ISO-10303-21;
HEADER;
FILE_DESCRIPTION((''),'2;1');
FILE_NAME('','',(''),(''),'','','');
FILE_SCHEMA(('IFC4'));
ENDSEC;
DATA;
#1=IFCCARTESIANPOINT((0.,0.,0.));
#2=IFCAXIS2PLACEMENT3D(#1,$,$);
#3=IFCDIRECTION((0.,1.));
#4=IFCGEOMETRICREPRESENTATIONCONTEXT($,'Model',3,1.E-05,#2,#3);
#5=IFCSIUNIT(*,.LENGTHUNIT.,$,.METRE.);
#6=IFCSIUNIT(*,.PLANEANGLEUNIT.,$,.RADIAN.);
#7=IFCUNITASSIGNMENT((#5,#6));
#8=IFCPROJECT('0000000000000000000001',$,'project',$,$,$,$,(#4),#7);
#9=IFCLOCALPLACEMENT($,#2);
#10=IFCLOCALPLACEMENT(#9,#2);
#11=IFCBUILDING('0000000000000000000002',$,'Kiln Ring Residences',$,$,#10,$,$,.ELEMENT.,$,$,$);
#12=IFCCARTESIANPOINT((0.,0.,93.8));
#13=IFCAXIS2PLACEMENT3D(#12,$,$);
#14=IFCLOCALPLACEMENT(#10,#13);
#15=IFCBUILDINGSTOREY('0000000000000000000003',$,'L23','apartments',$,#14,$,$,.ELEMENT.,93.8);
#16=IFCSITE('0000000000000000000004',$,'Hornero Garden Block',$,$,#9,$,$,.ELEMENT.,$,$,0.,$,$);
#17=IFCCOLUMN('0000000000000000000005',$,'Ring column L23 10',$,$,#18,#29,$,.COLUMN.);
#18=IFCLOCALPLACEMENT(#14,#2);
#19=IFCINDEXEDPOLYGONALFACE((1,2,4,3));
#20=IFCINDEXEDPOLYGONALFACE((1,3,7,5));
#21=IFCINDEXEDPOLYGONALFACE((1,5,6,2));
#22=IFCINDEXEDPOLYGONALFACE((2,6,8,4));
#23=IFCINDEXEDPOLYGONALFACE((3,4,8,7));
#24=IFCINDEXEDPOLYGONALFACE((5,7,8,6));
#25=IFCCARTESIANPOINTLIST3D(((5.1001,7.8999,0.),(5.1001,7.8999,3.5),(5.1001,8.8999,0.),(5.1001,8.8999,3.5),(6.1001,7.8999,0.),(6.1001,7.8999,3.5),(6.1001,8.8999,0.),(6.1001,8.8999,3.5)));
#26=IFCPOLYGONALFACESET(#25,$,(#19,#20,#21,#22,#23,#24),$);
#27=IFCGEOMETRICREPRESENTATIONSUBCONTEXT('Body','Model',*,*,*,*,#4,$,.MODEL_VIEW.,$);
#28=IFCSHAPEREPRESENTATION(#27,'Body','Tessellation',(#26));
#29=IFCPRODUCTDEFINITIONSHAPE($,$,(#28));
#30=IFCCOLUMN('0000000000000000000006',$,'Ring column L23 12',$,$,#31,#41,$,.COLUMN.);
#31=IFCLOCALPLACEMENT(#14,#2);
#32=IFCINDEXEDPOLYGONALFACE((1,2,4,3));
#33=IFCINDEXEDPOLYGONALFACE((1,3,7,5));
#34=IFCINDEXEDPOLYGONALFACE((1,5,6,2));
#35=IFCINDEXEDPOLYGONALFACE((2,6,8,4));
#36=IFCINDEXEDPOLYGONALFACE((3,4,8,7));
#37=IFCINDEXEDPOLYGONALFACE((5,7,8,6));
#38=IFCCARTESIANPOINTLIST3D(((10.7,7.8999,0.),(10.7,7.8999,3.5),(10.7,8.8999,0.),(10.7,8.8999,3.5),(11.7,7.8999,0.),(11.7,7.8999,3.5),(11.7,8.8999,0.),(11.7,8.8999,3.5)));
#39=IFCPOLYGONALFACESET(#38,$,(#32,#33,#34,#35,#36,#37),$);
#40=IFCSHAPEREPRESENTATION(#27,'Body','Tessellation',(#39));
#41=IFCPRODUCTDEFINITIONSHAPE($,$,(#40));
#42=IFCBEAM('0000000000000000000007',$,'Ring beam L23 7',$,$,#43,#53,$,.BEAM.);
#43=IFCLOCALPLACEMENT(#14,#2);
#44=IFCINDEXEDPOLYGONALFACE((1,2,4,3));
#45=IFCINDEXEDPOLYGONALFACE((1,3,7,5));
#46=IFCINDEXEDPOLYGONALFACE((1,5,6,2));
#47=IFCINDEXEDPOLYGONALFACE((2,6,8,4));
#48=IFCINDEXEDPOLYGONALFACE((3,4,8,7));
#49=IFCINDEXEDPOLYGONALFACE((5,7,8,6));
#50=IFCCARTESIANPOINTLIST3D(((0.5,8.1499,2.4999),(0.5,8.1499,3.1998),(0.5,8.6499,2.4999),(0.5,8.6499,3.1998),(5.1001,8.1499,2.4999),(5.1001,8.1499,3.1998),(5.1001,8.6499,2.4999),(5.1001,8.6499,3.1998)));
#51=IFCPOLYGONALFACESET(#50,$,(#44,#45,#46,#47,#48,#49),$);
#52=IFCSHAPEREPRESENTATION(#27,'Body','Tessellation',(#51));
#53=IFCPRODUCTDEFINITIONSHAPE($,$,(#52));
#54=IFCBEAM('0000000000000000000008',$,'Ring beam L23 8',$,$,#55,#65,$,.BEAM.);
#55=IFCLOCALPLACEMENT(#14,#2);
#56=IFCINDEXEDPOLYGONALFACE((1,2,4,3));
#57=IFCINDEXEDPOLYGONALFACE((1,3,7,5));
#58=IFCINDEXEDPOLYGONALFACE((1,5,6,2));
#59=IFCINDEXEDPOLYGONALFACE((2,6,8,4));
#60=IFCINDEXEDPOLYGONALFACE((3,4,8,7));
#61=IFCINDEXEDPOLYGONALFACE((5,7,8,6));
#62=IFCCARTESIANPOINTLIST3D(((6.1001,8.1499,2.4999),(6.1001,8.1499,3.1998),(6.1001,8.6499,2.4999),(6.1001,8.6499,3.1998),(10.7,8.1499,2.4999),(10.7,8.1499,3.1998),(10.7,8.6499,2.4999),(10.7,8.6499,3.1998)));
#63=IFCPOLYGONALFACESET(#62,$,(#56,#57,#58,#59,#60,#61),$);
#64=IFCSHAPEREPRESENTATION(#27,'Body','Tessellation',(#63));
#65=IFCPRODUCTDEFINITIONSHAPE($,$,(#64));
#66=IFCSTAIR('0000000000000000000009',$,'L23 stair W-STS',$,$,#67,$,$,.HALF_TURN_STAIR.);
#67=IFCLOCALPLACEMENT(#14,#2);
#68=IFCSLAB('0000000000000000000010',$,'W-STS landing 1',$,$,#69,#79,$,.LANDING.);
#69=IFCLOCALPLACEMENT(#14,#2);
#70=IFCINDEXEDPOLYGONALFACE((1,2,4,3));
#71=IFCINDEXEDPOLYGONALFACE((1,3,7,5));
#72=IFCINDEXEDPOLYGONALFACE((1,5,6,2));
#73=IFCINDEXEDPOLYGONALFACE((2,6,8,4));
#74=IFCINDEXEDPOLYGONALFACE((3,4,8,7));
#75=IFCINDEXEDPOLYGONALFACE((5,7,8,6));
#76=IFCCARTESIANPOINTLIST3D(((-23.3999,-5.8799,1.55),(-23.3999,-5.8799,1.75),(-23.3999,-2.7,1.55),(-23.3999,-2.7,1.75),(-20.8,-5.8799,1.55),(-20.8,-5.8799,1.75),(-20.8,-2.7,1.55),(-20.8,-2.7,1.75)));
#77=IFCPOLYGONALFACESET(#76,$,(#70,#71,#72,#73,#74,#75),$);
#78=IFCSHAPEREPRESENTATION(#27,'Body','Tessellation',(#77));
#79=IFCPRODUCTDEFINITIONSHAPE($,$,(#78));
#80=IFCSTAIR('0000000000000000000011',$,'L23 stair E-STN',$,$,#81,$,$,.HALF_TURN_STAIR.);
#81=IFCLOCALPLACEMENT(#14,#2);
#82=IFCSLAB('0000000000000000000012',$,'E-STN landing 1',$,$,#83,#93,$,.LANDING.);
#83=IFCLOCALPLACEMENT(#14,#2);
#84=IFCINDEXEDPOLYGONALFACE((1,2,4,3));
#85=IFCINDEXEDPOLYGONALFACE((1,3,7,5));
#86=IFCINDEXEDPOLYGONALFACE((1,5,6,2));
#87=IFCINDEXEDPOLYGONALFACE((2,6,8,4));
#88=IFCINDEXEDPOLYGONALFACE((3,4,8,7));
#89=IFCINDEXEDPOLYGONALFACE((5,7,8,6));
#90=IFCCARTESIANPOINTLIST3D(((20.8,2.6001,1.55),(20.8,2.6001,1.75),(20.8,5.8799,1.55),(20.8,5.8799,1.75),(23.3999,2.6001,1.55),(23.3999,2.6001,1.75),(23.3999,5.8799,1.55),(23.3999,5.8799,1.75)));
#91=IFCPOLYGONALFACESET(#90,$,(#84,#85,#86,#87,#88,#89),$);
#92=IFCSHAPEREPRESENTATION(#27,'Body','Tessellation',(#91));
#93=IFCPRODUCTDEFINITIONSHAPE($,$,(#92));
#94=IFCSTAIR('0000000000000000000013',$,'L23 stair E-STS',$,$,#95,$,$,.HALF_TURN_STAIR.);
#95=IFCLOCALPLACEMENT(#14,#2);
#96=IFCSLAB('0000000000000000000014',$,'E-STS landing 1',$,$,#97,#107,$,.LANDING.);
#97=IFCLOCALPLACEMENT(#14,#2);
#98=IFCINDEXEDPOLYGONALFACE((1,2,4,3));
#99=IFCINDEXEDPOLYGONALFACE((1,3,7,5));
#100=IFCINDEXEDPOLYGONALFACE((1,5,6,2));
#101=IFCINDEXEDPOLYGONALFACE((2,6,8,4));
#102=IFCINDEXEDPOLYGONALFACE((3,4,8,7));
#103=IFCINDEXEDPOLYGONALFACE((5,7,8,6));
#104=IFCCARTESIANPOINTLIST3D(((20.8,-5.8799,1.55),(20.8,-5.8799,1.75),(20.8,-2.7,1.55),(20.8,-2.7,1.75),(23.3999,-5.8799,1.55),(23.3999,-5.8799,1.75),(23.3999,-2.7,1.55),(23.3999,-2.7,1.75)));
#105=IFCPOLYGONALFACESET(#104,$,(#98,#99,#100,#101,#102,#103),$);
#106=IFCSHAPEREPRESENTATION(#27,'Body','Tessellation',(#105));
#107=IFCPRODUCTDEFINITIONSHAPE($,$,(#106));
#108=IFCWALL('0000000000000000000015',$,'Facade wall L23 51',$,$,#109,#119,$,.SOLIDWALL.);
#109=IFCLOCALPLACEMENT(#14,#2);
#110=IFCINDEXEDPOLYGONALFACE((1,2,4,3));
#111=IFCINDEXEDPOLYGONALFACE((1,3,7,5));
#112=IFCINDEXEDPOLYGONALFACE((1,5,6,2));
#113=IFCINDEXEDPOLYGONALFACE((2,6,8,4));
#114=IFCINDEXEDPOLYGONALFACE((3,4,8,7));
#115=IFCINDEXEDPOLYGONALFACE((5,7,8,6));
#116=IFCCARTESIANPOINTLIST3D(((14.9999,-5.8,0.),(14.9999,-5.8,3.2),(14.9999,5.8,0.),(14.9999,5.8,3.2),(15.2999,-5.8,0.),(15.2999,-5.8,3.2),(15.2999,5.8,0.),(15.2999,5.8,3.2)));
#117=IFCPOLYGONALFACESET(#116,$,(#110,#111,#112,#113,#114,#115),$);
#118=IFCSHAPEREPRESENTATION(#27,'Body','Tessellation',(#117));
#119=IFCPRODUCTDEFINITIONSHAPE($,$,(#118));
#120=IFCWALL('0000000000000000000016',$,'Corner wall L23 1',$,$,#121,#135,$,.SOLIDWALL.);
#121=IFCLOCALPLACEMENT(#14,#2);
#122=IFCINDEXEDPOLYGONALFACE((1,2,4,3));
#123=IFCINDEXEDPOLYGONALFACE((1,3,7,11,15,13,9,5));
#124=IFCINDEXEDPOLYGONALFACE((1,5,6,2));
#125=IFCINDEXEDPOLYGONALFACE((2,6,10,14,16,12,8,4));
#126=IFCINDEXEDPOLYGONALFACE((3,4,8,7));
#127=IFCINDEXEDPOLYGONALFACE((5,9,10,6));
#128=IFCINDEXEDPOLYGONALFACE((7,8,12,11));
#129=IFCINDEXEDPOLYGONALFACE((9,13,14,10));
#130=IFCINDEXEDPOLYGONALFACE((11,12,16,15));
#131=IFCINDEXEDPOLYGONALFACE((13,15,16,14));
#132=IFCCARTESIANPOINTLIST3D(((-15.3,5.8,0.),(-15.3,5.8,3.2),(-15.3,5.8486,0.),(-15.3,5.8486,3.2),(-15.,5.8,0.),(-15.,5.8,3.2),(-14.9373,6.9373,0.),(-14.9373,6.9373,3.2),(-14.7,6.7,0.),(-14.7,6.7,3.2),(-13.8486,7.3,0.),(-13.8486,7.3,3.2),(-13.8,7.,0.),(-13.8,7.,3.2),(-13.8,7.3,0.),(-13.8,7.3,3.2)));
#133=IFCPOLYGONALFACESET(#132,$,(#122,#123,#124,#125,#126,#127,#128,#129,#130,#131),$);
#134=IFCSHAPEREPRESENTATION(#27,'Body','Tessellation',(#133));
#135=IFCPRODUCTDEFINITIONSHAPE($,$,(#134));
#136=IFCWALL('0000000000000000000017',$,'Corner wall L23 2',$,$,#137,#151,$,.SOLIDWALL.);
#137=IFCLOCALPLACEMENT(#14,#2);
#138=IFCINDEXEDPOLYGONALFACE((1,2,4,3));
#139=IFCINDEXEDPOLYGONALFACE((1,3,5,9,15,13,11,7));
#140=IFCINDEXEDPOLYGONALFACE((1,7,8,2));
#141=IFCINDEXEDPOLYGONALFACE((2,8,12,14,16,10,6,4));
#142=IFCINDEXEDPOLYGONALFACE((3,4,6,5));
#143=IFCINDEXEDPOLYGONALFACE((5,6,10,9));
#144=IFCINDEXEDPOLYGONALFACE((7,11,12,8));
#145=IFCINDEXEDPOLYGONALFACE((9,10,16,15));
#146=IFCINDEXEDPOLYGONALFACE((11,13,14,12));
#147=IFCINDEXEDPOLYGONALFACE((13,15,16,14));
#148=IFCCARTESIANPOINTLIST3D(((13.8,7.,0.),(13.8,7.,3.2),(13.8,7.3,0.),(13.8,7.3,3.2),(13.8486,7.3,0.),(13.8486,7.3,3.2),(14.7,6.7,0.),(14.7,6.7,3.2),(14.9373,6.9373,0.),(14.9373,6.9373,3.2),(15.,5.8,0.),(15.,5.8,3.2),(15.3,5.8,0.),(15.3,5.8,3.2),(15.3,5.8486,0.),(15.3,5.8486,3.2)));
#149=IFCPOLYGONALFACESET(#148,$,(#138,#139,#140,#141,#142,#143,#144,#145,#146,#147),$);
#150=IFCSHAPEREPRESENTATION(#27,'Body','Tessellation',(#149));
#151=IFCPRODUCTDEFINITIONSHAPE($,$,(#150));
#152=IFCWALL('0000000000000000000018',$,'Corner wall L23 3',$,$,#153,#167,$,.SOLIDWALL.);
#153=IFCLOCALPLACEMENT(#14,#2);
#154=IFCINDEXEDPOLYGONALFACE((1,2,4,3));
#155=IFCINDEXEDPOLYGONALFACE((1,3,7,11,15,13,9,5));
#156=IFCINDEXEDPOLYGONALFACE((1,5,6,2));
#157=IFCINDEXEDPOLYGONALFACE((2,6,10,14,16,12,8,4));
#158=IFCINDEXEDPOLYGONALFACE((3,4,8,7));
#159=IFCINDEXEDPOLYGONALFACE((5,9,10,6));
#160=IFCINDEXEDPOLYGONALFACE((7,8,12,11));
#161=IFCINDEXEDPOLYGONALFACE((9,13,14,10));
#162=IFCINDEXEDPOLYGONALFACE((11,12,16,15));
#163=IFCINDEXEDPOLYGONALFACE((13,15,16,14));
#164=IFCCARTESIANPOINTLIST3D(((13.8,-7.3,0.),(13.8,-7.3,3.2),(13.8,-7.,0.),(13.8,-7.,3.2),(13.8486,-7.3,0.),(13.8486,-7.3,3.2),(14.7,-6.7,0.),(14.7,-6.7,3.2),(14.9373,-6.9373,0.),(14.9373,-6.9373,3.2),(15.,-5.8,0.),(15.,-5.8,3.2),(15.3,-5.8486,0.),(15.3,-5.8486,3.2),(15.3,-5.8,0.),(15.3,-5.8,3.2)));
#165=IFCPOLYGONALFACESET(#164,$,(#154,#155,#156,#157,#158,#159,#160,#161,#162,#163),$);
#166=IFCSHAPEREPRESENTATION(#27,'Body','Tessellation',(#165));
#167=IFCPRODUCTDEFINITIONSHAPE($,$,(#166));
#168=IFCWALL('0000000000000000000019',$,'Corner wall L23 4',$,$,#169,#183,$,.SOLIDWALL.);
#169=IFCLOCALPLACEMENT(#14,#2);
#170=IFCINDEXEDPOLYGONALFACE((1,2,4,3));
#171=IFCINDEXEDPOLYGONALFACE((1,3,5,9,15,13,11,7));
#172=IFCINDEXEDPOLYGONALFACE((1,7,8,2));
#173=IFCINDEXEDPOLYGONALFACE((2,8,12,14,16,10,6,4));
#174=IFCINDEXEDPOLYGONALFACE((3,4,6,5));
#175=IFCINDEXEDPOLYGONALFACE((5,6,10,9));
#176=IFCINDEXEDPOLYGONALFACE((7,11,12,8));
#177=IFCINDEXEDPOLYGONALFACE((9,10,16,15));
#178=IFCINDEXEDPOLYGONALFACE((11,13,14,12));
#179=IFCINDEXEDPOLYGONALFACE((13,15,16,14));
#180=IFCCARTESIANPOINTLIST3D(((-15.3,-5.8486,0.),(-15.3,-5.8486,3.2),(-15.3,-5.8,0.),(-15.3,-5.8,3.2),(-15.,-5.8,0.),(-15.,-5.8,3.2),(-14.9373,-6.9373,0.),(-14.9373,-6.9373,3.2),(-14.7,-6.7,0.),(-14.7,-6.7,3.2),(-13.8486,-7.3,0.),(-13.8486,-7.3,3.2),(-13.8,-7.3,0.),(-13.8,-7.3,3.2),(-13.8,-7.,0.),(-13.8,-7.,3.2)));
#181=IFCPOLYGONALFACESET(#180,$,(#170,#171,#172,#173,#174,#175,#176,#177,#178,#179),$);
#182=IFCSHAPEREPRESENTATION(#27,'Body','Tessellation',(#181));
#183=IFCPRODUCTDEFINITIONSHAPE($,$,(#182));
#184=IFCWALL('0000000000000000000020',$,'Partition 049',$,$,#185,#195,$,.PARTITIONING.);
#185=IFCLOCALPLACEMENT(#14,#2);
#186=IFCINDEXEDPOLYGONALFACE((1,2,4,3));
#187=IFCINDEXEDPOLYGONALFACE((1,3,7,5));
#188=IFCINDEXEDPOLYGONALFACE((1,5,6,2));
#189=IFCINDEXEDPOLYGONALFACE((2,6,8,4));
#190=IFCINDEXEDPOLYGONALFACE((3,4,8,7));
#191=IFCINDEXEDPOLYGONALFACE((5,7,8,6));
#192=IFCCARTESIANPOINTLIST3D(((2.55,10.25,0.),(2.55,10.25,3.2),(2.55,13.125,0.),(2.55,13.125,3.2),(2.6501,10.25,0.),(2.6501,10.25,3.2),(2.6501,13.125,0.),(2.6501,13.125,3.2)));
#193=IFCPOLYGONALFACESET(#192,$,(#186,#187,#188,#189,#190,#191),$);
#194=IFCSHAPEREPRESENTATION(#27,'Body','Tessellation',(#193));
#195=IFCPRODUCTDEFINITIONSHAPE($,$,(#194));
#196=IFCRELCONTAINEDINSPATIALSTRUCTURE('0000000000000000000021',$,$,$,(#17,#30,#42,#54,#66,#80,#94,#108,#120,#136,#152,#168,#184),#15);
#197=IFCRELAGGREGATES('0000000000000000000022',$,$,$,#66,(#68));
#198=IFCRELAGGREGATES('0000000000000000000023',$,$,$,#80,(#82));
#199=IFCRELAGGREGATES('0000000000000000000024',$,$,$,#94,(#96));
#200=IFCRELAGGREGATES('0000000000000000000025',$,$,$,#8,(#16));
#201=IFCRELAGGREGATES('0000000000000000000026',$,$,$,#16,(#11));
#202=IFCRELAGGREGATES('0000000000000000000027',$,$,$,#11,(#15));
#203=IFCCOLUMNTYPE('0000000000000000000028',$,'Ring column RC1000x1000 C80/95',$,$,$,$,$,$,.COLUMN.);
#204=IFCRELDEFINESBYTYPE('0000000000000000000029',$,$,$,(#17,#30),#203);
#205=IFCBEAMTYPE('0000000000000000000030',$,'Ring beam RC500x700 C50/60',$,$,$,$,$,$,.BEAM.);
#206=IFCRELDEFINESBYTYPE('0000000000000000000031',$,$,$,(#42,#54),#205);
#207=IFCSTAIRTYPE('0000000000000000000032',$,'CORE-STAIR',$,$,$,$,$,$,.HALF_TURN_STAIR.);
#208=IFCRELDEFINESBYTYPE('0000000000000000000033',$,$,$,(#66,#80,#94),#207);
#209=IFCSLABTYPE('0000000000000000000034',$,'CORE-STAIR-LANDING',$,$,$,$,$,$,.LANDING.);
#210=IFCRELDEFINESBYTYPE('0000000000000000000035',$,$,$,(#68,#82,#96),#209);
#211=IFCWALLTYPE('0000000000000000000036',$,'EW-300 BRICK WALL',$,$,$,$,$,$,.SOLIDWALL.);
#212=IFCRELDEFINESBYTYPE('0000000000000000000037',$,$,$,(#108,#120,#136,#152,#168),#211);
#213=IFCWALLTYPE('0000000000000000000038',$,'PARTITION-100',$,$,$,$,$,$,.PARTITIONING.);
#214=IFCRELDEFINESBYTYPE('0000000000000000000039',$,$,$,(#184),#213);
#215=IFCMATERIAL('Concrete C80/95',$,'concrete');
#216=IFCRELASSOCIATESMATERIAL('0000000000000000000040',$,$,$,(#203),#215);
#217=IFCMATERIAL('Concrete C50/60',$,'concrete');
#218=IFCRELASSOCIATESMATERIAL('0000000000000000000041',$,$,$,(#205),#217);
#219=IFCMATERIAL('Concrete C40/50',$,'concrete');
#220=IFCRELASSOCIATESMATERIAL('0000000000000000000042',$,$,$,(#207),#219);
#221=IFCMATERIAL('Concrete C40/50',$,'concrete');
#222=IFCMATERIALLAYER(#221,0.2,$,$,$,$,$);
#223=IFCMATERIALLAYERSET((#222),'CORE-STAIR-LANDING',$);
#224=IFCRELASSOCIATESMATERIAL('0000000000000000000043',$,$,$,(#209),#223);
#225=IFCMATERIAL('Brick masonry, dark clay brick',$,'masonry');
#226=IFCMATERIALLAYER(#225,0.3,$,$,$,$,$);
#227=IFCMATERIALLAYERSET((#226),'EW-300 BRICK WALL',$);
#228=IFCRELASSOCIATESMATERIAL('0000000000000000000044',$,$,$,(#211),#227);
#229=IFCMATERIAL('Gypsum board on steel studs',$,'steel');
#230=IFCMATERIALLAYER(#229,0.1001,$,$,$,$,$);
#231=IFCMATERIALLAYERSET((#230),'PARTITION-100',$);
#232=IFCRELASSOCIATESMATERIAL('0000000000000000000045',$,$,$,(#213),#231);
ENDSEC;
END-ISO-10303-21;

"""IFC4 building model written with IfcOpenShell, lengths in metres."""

from ifc_helpers import new_model, si_unit, direction, frame, frame_2d, origin, origin_2d, place, context, subcontext, project, spatial, polyline, rectangle, outline, extrude, material, layer, layer_set, material_profile, profile_set, type_object, element, aggregate, save


model = new_model("IFC4")

# Units and contexts
model_context = context("Model", 3, precision=1e-05, world=origin(), true_north=direction((0.0, 1.0)))
body_context = subcontext(model_context, "Body", "Model", "MODEL_VIEW")
ifc_project = project(units=[si_unit("LENGTHUNIT", "METRE"), si_unit("PLANEANGLEUNIT", "RADIAN")], contexts=[model_context])

# Site, building, storey
site_placement = place(None, origin())
site = spatial("IfcSite", under=ifc_project, at=site_placement, Name="Hornero Garden Block", CompositionType="ELEMENT", RefElevation=0.0)
building_placement = place(site_placement, origin())
building = spatial("IfcBuilding", under=site, at=building_placement, Name="Kiln Ring Residences", CompositionType="ELEMENT")
storey_placement = place(building_placement, frame((0.0, 0.0, 93.8)))
storey = spatial("IfcBuildingStorey", under=building, at=storey_placement, Name="L23", Description="apartments", CompositionType="ELEMENT", Elevation=93.8)

# Columns
ifc_material_1 = material(Name="Concrete C80/95", Category="concrete")
ifc_material_profile_1 = material_profile(ifc_material_1, rectangle(XDim=1.0, YDim=1.0, at=origin_2d()), Name="RC1000x1000")
ifc_profile_set_1 = profile_set([ifc_material_profile_1], Name="Concrete C80/95")
column_type = type_object("IfcColumnType", Name="Ring column RC1000x1000 C80/95", PredefinedType="COLUMN", material=ifc_profile_set_1)
for number, where, z_axis, x_axis, name in (
    (1, (5.6001, 8.3999, 0.0), (0.0, 0.0, 1.0), (1.0, 0.0, 0.0), "Ring column L23 10"),
    (2, (11.2, 8.3999, 0.0), (0.0, 0.0, 1.0), (1.0, 0.0, 0.0), "Ring column L23 12"),
):
    element("IfcColumn", number, at=place(storey_placement, frame(where, z_axis=z_axis, x_axis=x_axis)), inside=storey, type_object=column_type, Name=name, PredefinedType="COLUMN", context=body_context, shape_type="SweptSolid", body=[
        extrude(rectangle(XDim=1.0, YDim=1.0, at=origin_2d()), origin(), (0.0, 0.0, 1.0), 3.5),
    ])

# Beams
ifc_material_2 = material(Name="Concrete C50/60", Category="concrete")
ifc_material_profile_2 = material_profile(ifc_material_2, rectangle(XDim=0.5, YDim=0.7, at=origin_2d()), Name="RC500x700")
ifc_profile_set_2 = profile_set([ifc_material_profile_2], Name="Concrete C50/60")
beam_type = type_object("IfcBeamType", Name="Ring beam RC500x700 C50/60", PredefinedType="BEAM", material=ifc_profile_set_2)
beam_1_placement = place(storey_placement, frame((0.5, 8.3999, 2.8499), z_axis=(1.0, 0.0, 0.0), x_axis=(0.0, 1.0, 0.0)))
element("IfcBeam", 3, at=beam_1_placement, inside=storey, type_object=beam_type, Name="Ring beam L23 7", PredefinedType="BEAM", context=body_context, shape_type="SweptSolid", body=[
    extrude(rectangle(XDim=0.5, YDim=0.7, at=origin_2d()), origin(), (0.0, 0.0, 1.0), 4.6001),
])
beam_2_placement = place(storey_placement, frame((6.1001, 8.3999, 2.8499), z_axis=(1.0, 0.0, 0.0), x_axis=(0.0, 1.0, 0.0)))
element("IfcBeam", 4, at=beam_2_placement, inside=storey, type_object=beam_type, Name="Ring beam L23 8", PredefinedType="BEAM", context=body_context, shape_type="SweptSolid", body=[
    extrude(rectangle(XDim=0.5, YDim=0.7, at=origin_2d()), origin(), (0.0, 0.0, 1.0), 4.5999),
])

# Stairs, slabs
ifc_material_3 = material(Name="Concrete C40/50", Category="concrete")
stair_type = type_object("IfcStairType", Name="CORE-STAIR", PredefinedType="HALF_TURN_STAIR", material=ifc_material_3)
placement_1 = place(storey_placement, origin())
stair_1 = element("IfcStair", 5, at=placement_1, inside=storey, type_object=stair_type, Name="L23 stair W-STS", PredefinedType="HALF_TURN_STAIR")
ifc_material_4 = material(Name="Concrete C40/50", Category="concrete")
ifc_layer_1 = layer(ifc_material_4, 0.2)
ifc_layer_set_1 = layer_set([ifc_layer_1], Name="CORE-STAIR-LANDING")
slab_type = type_object("IfcSlabType", Name="CORE-STAIR-LANDING", PredefinedType="LANDING", material=ifc_layer_set_1)
placement_2 = place(storey_placement, frame((0.0, 0.0, 1.55)))
slab_1 = element("IfcSlab", 6, at=placement_2, type_object=slab_type, Name="W-STS landing 1", PredefinedType="LANDING", context=body_context, shape_type="SweptSolid", body=[
    extrude(outline(polyline([(-20.8, -5.8799), (-20.8, -2.7), (-23.3999, -2.7), (-23.3999, -5.8799), (-20.8, -5.8799)])), origin(), (0.0, 0.0, 1.0), 0.2),
])
aggregate(stair_1, [slab_1])
stair_2 = element("IfcStair", 7, at=placement_1, inside=storey, type_object=stair_type, Name="L23 stair E-STN", PredefinedType="HALF_TURN_STAIR")
slab_2 = element("IfcSlab", 8, at=placement_2, type_object=slab_type, Name="E-STN landing 1", PredefinedType="LANDING", context=body_context, shape_type="SweptSolid", body=[
    extrude(outline(polyline([(20.8, 5.8799), (20.8, 2.6001), (23.3999, 2.6001), (23.3999, 5.8799), (20.8, 5.8799)])), origin(), (0.0, 0.0, 1.0), 0.2),
])
aggregate(stair_2, [slab_2])
stair_3 = element("IfcStair", 9, at=placement_1, inside=storey, type_object=stair_type, Name="L23 stair E-STS", PredefinedType="HALF_TURN_STAIR")
slab_3 = element("IfcSlab", 10, at=placement_2, type_object=slab_type, Name="E-STS landing 1", PredefinedType="LANDING", context=body_context, shape_type="SweptSolid", body=[
    extrude(outline(polyline([(23.3999, -5.8799), (23.3999, -2.7), (20.8, -2.7), (20.8, -5.8799), (23.3999, -5.8799)])), origin(), (0.0, 0.0, 1.0), 0.2),
])
aggregate(stair_3, [slab_3])

# Walls
ifc_material_5 = material(Name="Brick masonry, dark clay brick", Category="masonry")
ifc_layer_2 = layer(ifc_material_5, 0.3)
ifc_layer_set_2 = layer_set([ifc_layer_2], Name="EW-300 BRICK WALL")
wall_type_1 = type_object("IfcWallType", Name="EW-300 BRICK WALL", PredefinedType="SOLIDWALL", material=ifc_layer_set_2)
wall_1_placement = place(storey_placement, frame((15.1499, 5.8, 0.0), z_axis=(0.0, 0.0, 1.0), x_axis=(0.0, -1.0, 0.0)))
element("IfcWall", 11, at=wall_1_placement, inside=storey, type_object=wall_type_1, Name="Facade wall L23 51", PredefinedType="SOLIDWALL", context=body_context, shape_type="SweptSolid", body=[
    extrude(rectangle(XDim=11.6001, YDim=0.3, at=frame_2d((5.8, 0.0))), origin(), (0.0, 0.0, 1.0), 3.2),
])
element("IfcWall", 12, at=placement_1, inside=storey, type_object=wall_type_1, Name="Corner wall L23 1", PredefinedType="SOLIDWALL", context=body_context, shape_type="SweptSolid", body=[
    extrude(outline(polyline([(-13.8486, 7.3), (-14.9373, 6.9373), (-15.3, 5.8486), (-15.3, 5.8), (-15.0, 5.8), (-14.7, 6.7), (-13.8, 7.0), (-13.8, 7.3), (-13.8486, 7.3)])), origin(), (0.0, 0.0, 1.0), 3.2),
])
element("IfcWall", 13, at=placement_1, inside=storey, type_object=wall_type_1, Name="Corner wall L23 2", PredefinedType="SOLIDWALL", context=body_context, shape_type="SweptSolid", body=[
    extrude(outline(polyline([(14.9373, 6.9373), (13.8486, 7.3), (13.8, 7.3), (13.8, 7.0), (14.7, 6.7), (15.0, 5.8), (15.3, 5.8), (15.3, 5.8486), (14.9373, 6.9373)])), origin(), (0.0, 0.0, 1.0), 3.2),
])
element("IfcWall", 14, at=placement_1, inside=storey, type_object=wall_type_1, Name="Corner wall L23 3", PredefinedType="SOLIDWALL", context=body_context, shape_type="SweptSolid", body=[
    extrude(outline(polyline([(14.9373, -6.9373), (15.3, -5.8486), (15.3, -5.8), (15.0, -5.8), (14.7, -6.7), (13.8, -7.0), (13.8, -7.3), (13.8486, -7.3), (14.9373, -6.9373)])), origin(), (0.0, 0.0, 1.0), 3.2),
])
element("IfcWall", 15, at=placement_1, inside=storey, type_object=wall_type_1, Name="Corner wall L23 4", PredefinedType="SOLIDWALL", context=body_context, shape_type="SweptSolid", body=[
    extrude(outline(polyline([(-14.9373, -6.9373), (-13.8486, -7.3), (-13.8, -7.3), (-13.8, -7.0), (-14.7, -6.7), (-15.0, -5.8), (-15.3, -5.8), (-15.3, -5.8486), (-14.9373, -6.9373)])), origin(), (0.0, 0.0, 1.0), 3.2),
])
ifc_material_6 = material(Name="Gypsum board on steel studs", Category="steel")
ifc_layer_3 = layer(ifc_material_6, 0.1001)
ifc_layer_set_3 = layer_set([ifc_layer_3], Name="PARTITION-100")
wall_type_2 = type_object("IfcWallType", Name="PARTITION-100", PredefinedType="PARTITIONING", material=ifc_layer_set_3)
wall_2_placement = place(storey_placement, frame((2.6001, 10.25, 0.0), z_axis=(0.0, 0.0, 1.0), x_axis=(0.0, 1.0, 0.0)))
element("IfcWall", 16, at=wall_2_placement, inside=storey, type_object=wall_type_2, Name="Partition 049", PredefinedType="PARTITIONING", context=body_context, shape_type="SweptSolid", body=[
    extrude(rectangle(XDim=2.875, YDim=0.1001, at=frame_2d((1.4375, 0.0))), origin(), (0.0, 0.0, 1.0), 3.2),
])

save(model, "model.ifc")
